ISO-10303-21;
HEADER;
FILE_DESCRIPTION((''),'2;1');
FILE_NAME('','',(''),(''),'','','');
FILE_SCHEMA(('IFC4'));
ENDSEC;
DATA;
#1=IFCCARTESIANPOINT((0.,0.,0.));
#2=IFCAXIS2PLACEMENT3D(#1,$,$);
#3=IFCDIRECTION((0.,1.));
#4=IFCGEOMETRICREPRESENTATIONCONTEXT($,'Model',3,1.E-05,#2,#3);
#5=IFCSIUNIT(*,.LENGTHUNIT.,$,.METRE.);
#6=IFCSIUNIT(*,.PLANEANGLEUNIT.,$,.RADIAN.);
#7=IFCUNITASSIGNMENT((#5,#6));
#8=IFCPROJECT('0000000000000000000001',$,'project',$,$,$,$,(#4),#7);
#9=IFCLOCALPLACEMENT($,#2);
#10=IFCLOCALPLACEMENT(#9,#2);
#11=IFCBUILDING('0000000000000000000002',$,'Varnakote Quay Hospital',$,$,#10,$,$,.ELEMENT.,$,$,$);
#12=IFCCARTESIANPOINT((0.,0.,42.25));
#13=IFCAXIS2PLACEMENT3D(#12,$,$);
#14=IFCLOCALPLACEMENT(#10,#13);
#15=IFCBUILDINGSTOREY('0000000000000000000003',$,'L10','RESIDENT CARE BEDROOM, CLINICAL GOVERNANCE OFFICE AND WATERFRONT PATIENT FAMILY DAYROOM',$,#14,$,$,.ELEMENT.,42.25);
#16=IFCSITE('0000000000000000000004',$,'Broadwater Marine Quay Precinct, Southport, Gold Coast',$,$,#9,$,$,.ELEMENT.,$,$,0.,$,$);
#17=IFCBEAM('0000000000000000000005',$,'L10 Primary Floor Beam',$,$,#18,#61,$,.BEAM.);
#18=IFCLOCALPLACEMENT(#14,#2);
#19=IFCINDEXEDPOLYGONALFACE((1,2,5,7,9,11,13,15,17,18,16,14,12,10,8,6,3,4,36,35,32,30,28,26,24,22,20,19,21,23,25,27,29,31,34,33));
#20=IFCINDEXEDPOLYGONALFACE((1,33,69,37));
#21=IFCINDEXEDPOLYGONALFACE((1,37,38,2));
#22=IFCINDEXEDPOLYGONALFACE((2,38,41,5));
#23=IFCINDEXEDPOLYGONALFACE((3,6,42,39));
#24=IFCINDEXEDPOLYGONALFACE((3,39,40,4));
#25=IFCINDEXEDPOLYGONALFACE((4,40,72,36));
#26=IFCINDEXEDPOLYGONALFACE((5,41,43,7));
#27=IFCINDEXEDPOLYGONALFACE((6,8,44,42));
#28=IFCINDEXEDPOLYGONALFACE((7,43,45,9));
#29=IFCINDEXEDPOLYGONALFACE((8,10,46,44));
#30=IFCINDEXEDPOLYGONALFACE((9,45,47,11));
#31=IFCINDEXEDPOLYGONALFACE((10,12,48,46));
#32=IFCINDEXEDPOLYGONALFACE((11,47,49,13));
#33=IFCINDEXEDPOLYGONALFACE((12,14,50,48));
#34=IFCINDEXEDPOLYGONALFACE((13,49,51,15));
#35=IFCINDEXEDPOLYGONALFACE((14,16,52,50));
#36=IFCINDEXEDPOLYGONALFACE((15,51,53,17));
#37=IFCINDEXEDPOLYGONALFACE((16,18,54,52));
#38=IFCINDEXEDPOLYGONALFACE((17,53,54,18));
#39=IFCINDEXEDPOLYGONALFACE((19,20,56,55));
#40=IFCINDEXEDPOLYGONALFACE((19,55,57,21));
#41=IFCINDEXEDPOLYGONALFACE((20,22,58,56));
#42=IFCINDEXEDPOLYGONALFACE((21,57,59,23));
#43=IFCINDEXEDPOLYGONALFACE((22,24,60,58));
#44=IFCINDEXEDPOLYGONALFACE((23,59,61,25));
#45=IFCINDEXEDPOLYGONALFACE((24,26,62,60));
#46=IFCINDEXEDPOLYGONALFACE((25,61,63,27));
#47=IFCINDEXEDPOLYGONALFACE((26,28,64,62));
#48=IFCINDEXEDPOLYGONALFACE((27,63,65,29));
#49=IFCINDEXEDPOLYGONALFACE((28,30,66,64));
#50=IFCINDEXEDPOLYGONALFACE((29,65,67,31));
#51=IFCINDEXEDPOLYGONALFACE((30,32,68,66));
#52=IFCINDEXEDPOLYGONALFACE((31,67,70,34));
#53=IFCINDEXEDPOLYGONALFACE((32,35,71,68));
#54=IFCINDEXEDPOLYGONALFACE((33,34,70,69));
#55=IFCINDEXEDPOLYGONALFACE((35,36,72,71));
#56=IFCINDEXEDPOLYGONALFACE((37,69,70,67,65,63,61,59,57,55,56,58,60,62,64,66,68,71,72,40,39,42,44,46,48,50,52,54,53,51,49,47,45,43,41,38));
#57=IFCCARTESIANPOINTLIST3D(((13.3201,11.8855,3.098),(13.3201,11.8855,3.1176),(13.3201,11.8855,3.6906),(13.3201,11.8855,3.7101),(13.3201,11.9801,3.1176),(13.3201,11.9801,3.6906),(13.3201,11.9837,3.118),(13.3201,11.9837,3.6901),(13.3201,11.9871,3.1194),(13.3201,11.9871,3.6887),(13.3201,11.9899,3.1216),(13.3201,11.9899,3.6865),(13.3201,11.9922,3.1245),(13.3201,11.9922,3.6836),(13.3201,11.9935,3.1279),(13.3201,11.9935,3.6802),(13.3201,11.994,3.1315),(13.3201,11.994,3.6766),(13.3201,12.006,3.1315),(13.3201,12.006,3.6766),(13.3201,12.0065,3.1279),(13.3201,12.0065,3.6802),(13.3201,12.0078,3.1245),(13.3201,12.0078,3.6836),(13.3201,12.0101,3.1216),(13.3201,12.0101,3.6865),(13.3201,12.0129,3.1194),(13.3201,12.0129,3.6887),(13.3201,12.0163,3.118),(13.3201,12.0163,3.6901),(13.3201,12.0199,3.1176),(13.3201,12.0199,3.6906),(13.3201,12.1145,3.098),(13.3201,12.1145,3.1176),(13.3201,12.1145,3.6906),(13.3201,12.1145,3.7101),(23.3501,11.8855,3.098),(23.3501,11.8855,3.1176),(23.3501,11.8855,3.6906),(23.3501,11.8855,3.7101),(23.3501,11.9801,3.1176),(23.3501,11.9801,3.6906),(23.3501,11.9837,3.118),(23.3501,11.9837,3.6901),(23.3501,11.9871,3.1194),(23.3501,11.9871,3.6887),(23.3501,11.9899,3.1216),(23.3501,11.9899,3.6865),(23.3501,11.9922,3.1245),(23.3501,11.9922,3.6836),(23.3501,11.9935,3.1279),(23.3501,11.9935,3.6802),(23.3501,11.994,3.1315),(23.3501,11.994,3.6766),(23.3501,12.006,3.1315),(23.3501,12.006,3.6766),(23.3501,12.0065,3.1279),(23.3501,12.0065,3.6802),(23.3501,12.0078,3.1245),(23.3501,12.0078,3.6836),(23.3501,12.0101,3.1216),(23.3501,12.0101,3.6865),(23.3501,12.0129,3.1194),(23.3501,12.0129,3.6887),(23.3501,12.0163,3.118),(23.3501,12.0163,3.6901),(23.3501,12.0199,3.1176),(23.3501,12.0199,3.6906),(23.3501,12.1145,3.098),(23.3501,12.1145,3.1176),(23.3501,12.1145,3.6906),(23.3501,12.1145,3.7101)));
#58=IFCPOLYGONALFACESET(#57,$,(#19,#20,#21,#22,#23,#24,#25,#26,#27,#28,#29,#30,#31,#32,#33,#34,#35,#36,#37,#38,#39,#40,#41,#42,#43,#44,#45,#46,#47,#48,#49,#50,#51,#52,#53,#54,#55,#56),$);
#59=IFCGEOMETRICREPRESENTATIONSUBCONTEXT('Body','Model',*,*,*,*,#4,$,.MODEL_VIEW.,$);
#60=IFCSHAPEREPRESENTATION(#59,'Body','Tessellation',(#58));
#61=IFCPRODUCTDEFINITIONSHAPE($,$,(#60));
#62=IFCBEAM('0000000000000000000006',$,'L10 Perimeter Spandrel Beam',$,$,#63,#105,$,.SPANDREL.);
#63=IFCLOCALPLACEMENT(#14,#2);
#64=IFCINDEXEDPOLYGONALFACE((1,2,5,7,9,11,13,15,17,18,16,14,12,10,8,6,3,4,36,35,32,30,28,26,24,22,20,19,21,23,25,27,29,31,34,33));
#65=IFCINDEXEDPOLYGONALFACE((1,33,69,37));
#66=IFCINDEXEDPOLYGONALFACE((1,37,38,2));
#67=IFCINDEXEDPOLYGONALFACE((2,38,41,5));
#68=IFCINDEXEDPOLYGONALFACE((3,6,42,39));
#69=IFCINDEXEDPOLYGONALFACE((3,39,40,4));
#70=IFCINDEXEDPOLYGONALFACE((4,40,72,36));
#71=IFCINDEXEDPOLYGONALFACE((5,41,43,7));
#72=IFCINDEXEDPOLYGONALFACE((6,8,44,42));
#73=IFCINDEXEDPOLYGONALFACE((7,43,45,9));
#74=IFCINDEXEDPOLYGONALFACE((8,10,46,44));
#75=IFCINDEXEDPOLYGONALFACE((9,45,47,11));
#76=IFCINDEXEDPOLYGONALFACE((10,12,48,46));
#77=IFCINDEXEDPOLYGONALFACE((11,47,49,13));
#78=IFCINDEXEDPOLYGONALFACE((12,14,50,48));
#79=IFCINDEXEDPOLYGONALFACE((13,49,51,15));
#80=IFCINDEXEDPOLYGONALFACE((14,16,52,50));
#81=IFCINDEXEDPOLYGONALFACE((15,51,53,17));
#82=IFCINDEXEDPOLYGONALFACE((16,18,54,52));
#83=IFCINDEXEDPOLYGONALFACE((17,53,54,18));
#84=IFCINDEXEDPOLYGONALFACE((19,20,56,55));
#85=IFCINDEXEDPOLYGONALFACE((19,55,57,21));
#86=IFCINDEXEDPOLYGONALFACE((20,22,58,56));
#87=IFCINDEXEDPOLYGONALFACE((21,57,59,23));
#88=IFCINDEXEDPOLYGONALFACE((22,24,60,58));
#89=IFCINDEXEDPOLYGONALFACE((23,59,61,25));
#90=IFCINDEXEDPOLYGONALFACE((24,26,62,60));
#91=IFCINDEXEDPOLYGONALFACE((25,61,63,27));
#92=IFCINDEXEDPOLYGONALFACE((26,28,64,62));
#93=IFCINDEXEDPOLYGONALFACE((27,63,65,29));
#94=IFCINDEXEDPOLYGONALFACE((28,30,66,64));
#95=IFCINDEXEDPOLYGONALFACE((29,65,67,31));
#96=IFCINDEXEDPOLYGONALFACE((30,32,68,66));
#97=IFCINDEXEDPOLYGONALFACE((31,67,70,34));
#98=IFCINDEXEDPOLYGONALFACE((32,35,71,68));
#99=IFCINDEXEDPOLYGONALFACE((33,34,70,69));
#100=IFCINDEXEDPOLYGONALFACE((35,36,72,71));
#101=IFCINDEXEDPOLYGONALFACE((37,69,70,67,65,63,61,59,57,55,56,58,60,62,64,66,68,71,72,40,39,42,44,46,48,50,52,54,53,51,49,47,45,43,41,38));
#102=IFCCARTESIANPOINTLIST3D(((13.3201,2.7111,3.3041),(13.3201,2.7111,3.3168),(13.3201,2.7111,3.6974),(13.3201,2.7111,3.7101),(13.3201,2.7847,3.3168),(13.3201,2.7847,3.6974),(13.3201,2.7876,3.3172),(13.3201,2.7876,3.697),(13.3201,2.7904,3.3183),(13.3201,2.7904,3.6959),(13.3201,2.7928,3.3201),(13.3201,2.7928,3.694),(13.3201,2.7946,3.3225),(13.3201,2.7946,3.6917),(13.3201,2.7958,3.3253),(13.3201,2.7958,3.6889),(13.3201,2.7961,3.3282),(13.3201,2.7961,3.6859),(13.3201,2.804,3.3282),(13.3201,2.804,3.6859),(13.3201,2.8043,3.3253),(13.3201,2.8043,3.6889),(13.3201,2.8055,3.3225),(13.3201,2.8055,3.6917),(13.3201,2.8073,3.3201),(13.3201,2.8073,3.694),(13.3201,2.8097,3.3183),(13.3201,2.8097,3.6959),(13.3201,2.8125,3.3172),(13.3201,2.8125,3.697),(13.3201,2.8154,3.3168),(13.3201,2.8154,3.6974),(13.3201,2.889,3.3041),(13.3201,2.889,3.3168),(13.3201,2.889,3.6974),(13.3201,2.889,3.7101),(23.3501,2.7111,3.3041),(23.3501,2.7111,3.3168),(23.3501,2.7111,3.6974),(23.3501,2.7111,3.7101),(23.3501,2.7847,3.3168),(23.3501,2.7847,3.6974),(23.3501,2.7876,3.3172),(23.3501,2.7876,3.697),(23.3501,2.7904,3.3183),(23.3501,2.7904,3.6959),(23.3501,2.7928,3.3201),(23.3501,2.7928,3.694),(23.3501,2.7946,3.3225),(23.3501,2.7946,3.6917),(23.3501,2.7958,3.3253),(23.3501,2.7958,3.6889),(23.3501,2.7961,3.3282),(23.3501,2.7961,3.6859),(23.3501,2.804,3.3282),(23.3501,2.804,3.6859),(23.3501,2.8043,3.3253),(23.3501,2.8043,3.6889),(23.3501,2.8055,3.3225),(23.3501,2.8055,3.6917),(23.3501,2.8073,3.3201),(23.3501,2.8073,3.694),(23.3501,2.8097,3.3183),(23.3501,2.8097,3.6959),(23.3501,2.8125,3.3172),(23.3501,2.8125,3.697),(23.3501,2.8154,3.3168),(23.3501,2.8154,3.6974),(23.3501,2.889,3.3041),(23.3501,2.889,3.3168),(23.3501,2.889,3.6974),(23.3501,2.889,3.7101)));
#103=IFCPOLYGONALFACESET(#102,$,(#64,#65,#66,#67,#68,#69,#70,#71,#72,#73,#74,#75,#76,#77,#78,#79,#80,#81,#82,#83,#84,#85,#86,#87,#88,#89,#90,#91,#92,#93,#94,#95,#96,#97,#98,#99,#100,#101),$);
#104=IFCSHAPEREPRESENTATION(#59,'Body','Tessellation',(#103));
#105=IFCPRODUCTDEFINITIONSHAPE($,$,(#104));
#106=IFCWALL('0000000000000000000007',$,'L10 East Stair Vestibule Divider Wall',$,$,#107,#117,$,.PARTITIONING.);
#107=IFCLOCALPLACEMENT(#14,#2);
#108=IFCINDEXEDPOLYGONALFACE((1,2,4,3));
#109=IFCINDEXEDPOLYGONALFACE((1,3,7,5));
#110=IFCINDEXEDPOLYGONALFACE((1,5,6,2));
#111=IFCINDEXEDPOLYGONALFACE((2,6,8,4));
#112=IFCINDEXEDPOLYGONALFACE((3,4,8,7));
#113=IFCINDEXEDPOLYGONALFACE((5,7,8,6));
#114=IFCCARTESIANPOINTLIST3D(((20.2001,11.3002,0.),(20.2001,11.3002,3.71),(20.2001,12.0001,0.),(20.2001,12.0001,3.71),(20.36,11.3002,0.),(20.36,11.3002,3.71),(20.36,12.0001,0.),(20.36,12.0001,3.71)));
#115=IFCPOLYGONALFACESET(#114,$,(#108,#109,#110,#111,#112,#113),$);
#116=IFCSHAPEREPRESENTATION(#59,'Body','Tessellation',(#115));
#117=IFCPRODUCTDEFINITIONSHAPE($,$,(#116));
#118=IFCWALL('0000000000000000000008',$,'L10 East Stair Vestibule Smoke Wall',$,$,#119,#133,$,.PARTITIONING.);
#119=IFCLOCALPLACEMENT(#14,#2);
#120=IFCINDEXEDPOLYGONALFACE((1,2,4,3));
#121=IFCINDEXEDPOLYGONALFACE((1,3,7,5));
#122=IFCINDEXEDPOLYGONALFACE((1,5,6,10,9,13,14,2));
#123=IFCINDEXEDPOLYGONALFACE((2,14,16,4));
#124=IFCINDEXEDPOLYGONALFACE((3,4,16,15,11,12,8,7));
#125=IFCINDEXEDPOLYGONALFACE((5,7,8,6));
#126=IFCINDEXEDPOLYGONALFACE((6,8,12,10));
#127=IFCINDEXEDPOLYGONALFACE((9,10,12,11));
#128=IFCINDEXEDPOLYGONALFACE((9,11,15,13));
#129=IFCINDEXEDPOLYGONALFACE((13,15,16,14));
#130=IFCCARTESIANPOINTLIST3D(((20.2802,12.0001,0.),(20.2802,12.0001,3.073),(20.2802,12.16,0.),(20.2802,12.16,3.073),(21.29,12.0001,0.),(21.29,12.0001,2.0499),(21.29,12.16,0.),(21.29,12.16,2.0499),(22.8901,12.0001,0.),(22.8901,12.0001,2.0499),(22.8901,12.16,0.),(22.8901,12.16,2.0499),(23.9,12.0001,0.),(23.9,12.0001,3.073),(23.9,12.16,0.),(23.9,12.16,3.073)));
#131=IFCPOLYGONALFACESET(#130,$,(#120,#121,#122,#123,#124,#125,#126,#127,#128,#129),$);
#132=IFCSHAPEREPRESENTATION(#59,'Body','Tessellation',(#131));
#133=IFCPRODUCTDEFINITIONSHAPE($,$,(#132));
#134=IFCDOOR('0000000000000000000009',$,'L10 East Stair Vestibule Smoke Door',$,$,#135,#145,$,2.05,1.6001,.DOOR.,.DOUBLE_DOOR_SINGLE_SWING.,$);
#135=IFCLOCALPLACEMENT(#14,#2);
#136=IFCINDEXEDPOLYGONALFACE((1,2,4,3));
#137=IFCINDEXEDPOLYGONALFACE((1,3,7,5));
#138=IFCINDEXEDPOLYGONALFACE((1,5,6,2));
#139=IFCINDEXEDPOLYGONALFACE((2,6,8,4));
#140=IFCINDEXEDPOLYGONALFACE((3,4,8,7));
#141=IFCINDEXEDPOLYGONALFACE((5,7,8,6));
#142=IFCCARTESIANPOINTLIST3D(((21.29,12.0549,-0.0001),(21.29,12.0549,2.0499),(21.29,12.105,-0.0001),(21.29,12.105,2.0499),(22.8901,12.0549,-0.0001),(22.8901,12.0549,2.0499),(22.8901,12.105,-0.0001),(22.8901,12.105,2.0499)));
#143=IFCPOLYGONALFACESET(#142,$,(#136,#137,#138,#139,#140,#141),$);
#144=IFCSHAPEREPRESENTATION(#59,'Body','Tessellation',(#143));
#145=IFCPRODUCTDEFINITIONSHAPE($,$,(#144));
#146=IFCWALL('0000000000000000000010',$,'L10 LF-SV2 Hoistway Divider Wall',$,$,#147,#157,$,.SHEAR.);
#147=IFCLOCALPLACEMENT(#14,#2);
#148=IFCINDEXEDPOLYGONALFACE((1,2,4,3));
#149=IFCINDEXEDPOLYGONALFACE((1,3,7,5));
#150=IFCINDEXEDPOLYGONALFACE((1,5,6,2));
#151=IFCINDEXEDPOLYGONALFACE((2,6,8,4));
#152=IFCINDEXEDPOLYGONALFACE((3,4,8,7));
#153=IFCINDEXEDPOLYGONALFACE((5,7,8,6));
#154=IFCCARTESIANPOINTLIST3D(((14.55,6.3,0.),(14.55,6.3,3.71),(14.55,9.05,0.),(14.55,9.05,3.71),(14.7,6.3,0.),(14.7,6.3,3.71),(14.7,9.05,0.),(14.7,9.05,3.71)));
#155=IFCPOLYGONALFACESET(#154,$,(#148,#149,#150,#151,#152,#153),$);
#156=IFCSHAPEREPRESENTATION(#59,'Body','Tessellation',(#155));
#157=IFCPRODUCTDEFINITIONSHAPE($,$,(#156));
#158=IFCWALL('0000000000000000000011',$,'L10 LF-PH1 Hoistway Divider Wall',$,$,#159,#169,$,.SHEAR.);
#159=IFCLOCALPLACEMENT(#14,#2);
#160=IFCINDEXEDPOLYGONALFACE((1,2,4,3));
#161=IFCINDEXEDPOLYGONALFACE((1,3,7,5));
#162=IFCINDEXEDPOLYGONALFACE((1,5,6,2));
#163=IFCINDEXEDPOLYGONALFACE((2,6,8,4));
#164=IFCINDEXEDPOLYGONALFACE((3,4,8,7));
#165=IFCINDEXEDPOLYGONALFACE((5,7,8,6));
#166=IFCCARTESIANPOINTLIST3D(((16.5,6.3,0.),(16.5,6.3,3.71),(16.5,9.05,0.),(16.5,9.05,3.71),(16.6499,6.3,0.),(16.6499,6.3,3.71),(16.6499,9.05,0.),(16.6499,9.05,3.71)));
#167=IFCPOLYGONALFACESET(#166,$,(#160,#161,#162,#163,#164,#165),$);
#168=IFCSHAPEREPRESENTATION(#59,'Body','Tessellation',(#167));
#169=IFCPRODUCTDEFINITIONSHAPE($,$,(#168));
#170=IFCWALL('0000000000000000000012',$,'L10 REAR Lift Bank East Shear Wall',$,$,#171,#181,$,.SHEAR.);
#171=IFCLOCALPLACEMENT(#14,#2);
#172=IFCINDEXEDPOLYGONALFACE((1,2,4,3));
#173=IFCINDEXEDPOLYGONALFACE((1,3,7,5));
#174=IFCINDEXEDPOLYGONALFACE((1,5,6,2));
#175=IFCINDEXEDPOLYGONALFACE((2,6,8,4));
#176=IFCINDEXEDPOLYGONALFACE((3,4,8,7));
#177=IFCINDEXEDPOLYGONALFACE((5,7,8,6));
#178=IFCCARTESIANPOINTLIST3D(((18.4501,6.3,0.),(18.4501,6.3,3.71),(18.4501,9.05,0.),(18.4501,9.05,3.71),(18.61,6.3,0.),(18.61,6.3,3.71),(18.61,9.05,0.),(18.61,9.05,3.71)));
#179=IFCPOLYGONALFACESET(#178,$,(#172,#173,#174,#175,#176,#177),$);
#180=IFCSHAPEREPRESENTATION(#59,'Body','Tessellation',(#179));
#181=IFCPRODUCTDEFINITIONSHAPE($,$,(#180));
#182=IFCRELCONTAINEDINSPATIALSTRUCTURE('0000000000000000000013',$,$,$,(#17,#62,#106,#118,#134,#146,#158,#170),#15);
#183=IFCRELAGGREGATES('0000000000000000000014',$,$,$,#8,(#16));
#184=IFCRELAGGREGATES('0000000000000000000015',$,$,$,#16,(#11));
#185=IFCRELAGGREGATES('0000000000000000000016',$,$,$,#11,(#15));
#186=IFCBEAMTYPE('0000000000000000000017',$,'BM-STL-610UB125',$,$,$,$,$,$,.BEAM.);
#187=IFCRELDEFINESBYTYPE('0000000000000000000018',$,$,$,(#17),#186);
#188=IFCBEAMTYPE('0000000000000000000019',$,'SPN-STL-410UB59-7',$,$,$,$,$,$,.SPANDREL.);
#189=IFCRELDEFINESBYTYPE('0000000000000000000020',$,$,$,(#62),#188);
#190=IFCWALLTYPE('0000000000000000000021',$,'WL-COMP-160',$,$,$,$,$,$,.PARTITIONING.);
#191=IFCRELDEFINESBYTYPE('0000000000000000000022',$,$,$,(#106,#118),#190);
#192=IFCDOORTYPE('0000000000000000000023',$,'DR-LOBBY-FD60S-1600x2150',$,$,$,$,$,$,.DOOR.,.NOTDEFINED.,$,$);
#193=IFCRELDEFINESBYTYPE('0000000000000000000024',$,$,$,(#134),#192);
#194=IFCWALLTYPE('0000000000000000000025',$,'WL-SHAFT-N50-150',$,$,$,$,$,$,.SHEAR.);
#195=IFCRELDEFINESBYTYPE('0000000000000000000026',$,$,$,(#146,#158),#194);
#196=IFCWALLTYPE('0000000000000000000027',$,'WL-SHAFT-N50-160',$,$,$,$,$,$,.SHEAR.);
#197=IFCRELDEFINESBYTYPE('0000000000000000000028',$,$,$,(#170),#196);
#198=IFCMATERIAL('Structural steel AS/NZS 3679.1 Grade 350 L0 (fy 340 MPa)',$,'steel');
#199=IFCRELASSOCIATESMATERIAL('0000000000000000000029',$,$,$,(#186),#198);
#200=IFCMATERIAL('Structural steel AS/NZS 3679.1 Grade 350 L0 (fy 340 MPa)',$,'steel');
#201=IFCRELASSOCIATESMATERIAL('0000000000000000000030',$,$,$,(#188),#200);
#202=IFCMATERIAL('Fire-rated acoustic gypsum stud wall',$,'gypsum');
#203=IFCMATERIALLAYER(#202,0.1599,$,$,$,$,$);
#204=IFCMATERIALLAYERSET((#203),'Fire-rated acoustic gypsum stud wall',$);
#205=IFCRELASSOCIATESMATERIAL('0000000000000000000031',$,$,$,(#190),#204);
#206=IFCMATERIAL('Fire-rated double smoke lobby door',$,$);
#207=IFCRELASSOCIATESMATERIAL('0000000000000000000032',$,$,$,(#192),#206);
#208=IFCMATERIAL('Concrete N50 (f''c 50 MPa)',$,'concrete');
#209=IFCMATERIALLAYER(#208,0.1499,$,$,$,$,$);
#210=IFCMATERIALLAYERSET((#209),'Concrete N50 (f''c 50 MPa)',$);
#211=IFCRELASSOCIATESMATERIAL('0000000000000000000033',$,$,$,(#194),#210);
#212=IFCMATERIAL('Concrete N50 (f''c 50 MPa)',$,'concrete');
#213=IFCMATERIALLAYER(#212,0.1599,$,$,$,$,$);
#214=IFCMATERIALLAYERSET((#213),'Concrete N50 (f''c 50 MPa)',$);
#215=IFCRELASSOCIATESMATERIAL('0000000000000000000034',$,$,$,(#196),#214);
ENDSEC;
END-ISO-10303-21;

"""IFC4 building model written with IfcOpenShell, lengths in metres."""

from ifc_helpers import new_model, si_unit, direction, frame, frame_2d, origin, origin_2d, place, context, subcontext, project, spatial, rectangle, i_section, extrude, material, layer, layer_set, material_profile, profile_set, type_object, element, fill, save


model = new_model("IFC4")

# Units and contexts
model_context = context("Model", 3, precision=1e-05, world=origin(), true_north=direction((0.0, 1.0)))
body_context = subcontext(model_context, "Body", "Model", "MODEL_VIEW")
ifc_project = project(units=[si_unit("LENGTHUNIT", "METRE"), si_unit("PLANEANGLEUNIT", "RADIAN")], contexts=[model_context])

# Site, building, storey
site_placement = place(None, origin())
site = spatial("IfcSite", under=ifc_project, at=site_placement, Name="Broadwater Marine Quay Precinct, Southport, Gold Coast", CompositionType="ELEMENT", RefElevation=0.0)
building_placement = place(site_placement, origin())
building = spatial("IfcBuilding", under=site, at=building_placement, Name="Varnakote Quay Hospital", CompositionType="ELEMENT")
storey_placement = place(building_placement, frame((0.0, 0.0, 42.25)))
storey = spatial("IfcBuildingStorey", under=building, at=storey_placement, Name="L10", Description="RESIDENT CARE BEDROOM, CLINICAL GOVERNANCE OFFICE AND WATERFRONT PATIENT FAMILY DAYROOM", CompositionType="ELEMENT", Elevation=42.25)

# Beams
ifc_material_1 = material(Name="Structural steel AS/NZS 3679.1 Grade 350 L0 (fy 340 MPa)", Category="steel")
ifc_material_profile_1 = material_profile(ifc_material_1, i_section(OverallWidth=0.229, OverallDepth=0.6121, WebThickness=0.012, FlangeThickness=0.0195, FilletRadius=0.0139, at=origin_2d()), Name="610UB125")
ifc_profile_set_1 = profile_set([ifc_material_profile_1], Name="Structural steel AS/NZS 3679.1 Grade 350 L0 (fy 340 MPa)")
beam_type_1 = type_object("IfcBeamType", Name="BM-STL-610UB125", PredefinedType="BEAM", material=ifc_profile_set_1)
beam_1_placement = place(storey_placement, frame((13.3201, 12.0, 3.4041), z_axis=(1.0, 0.0, 0.0), x_axis=(0.0, 1.0, 0.0)))
element("IfcBeam", 1, at=beam_1_placement, inside=storey, type_object=beam_type_1, Name="L10 Primary Floor Beam", PredefinedType="BEAM", context=body_context, shape_type="SweptSolid", body=[
    extrude(i_section(OverallWidth=0.229, OverallDepth=0.6121, WebThickness=0.012, FlangeThickness=0.0195, FilletRadius=0.0139, at=origin_2d()), origin(), (0.0, 0.0, 1.0), 10.03),
])
ifc_material_2 = material(Name="Structural steel AS/NZS 3679.1 Grade 350 L0 (fy 340 MPa)", Category="steel")
ifc_material_profile_2 = material_profile(ifc_material_2, i_section(OverallWidth=0.178, OverallDepth=0.406, WebThickness=0.0078, FlangeThickness=0.0127, FilletRadius=0.0115, at=origin_2d()), Name="410UB59.7")
ifc_profile_set_2 = profile_set([ifc_material_profile_2], Name="Structural steel AS/NZS 3679.1 Grade 350 L0 (fy 340 MPa)")
beam_type_2 = type_object("IfcBeamType", Name="SPN-STL-410UB59-7", PredefinedType="SPANDREL", material=ifc_profile_set_2)
beam_2_placement = place(storey_placement, frame((13.3201, 2.8, 3.5071), z_axis=(1.0, 0.0, 0.0), x_axis=(0.0, 1.0, 0.0)))
element("IfcBeam", 2, at=beam_2_placement, inside=storey, type_object=beam_type_2, Name="L10 Perimeter Spandrel Beam", PredefinedType="SPANDREL", context=body_context, shape_type="SweptSolid", body=[
    extrude(i_section(OverallWidth=0.178, OverallDepth=0.406, WebThickness=0.0078, FlangeThickness=0.0127, FilletRadius=0.0115, at=origin_2d()), origin(), (0.0, 0.0, 1.0), 10.03),
])

# Wall
ifc_material_3 = material(Name="Fire-rated acoustic gypsum stud wall", Category="gypsum")
ifc_layer_1 = layer(ifc_material_3, 0.1599)
ifc_layer_set_1 = layer_set([ifc_layer_1], Name="Fire-rated acoustic gypsum stud wall")
wall_type_1 = type_object("IfcWallType", Name="WL-COMP-160", PredefinedType="PARTITIONING", material=ifc_layer_set_1)
wall_1_placement = place(storey_placement, frame((20.28, 11.3, 0.0), z_axis=(0.0, 0.0, 1.0), x_axis=(0.0, 1.0, 0.0)))
element("IfcWall", 3, at=wall_1_placement, inside=storey, type_object=wall_type_1, Name="L10 East Stair Vestibule Divider Wall", PredefinedType="PARTITIONING", context=body_context, shape_type="SweptSolid", body=[
    extrude(rectangle(XDim=0.7, YDim=0.1599, at=frame_2d((0.3501, 0.0))), origin(), (0.0, 0.0, 1.0), 3.71),
])

# Wall, opening, door
wall_2_placement = place(storey_placement, frame((20.28, 12.0801, 0.0), z_axis=(0.0, 0.0, 1.0), x_axis=(1.0, 0.0, 0.0)))
wall_2 = element("IfcWall", 4, at=wall_2_placement, inside=storey, type_object=wall_type_1, Name="L10 East Stair Vestibule Smoke Wall", PredefinedType="PARTITIONING", context=body_context, shape_type="SweptSolid", body=[
    extrude(rectangle(XDim=3.6199, YDim=0.1599, at=frame_2d((1.8101, 0.0))), origin(), (0.0, 0.0, 1.0), 3.073),
])
opening_1_placement = place(wall_2_placement, frame((1.01, 0.0, 0.0)))
opening_1 = element("IfcOpeningElement", 5, at=opening_1_placement, cuts=wall_2, PredefinedType="OPENING", context=body_context, shape_type="SweptSolid", body=[
    extrude(rectangle(XDim=1.6001, YDim=2.05, at=frame_2d((0.8, 1.0249))), frame((0.0, 0.0898, 0.0), z_axis=(0.0, -1.0, 0.0), x_axis=(1.0, 0.0, 0.0)), (0.0, 0.0, 1.0), 0.1799),
])
ifc_material_4 = material(Name="Fire-rated double smoke lobby door")
door_type_1 = type_object("IfcDoorType", Name="DR-LOBBY-FD60S-1600x2150", OperationType="NOTDEFINED", PredefinedType="DOOR", material=ifc_material_4)
door_1_placement = place(opening_1_placement, origin())
door_1 = element("IfcDoor", 6, at=door_1_placement, inside=storey, type_object=door_type_1, Name="L10 East Stair Vestibule Smoke Door", OperationType="DOUBLE_DOOR_SINGLE_SWING", OverallHeight=2.05, OverallWidth=1.6001, PredefinedType="DOOR", context=body_context, shape_type="SweptSolid", body=[
    extrude(rectangle(XDim=1.6001, YDim=2.05, at=frame_2d((0.8, 1.0249))), frame((0.0, 0.0249, 0.0), z_axis=(0.0, -1.0, 0.0), x_axis=(1.0, 0.0, 0.0)), (0.0, 0.0, 1.0), 0.05),
])
fill(opening_1, door_1)

# Walls
ifc_material_5 = material(Name="Concrete N50 (f'c 50 MPa)", Category="concrete")
ifc_layer_2 = layer(ifc_material_5, 0.1499)
ifc_layer_set_2 = layer_set([ifc_layer_2], Name="Concrete N50 (f'c 50 MPa)")
wall_type_2 = type_object("IfcWallType", Name="WL-SHAFT-N50-150", PredefinedType="SHEAR", material=ifc_layer_set_2)
for number, where, z_axis, x_axis, name in (
    (7, (14.625, 6.3, 0.0), (0.0, 0.0, 1.0), (0.0, 1.0, 0.0), "L10 LF-SV2 Hoistway Divider Wall"),
    (8, (16.575, 6.3, 0.0), (0.0, 0.0, 1.0), (0.0, 1.0, 0.0), "L10 LF-PH1 Hoistway Divider Wall"),
):
    element("IfcWall", number, at=place(storey_placement, frame(where, z_axis=z_axis, x_axis=x_axis)), inside=storey, type_object=wall_type_2, Name=name, PredefinedType="SHEAR", context=body_context, shape_type="SweptSolid", body=[
        extrude(rectangle(XDim=2.75, YDim=0.1499, at=frame_2d((1.375, 0.0))), origin(), (0.0, 0.0, 1.0), 3.71),
    ])
ifc_material_6 = material(Name="Concrete N50 (f'c 50 MPa)", Category="concrete")
ifc_layer_3 = layer(ifc_material_6, 0.1599)
ifc_layer_set_3 = layer_set([ifc_layer_3], Name="Concrete N50 (f'c 50 MPa)")
wall_type_3 = type_object("IfcWallType", Name="WL-SHAFT-N50-160", PredefinedType="SHEAR", material=ifc_layer_set_3)
wall_3_placement = place(storey_placement, frame((18.53, 6.3, 0.0), z_axis=(0.0, 0.0, 1.0), x_axis=(0.0, 1.0, 0.0)))
element("IfcWall", 9, at=wall_3_placement, inside=storey, type_object=wall_type_3, Name="L10 REAR Lift Bank East Shear Wall", PredefinedType="SHEAR", context=body_context, shape_type="SweptSolid", body=[
    extrude(rectangle(XDim=2.75, YDim=0.1599, at=frame_2d((1.375, 0.0))), origin(), (0.0, 0.0, 1.0), 3.71),
])

save(model, "model.ifc")
